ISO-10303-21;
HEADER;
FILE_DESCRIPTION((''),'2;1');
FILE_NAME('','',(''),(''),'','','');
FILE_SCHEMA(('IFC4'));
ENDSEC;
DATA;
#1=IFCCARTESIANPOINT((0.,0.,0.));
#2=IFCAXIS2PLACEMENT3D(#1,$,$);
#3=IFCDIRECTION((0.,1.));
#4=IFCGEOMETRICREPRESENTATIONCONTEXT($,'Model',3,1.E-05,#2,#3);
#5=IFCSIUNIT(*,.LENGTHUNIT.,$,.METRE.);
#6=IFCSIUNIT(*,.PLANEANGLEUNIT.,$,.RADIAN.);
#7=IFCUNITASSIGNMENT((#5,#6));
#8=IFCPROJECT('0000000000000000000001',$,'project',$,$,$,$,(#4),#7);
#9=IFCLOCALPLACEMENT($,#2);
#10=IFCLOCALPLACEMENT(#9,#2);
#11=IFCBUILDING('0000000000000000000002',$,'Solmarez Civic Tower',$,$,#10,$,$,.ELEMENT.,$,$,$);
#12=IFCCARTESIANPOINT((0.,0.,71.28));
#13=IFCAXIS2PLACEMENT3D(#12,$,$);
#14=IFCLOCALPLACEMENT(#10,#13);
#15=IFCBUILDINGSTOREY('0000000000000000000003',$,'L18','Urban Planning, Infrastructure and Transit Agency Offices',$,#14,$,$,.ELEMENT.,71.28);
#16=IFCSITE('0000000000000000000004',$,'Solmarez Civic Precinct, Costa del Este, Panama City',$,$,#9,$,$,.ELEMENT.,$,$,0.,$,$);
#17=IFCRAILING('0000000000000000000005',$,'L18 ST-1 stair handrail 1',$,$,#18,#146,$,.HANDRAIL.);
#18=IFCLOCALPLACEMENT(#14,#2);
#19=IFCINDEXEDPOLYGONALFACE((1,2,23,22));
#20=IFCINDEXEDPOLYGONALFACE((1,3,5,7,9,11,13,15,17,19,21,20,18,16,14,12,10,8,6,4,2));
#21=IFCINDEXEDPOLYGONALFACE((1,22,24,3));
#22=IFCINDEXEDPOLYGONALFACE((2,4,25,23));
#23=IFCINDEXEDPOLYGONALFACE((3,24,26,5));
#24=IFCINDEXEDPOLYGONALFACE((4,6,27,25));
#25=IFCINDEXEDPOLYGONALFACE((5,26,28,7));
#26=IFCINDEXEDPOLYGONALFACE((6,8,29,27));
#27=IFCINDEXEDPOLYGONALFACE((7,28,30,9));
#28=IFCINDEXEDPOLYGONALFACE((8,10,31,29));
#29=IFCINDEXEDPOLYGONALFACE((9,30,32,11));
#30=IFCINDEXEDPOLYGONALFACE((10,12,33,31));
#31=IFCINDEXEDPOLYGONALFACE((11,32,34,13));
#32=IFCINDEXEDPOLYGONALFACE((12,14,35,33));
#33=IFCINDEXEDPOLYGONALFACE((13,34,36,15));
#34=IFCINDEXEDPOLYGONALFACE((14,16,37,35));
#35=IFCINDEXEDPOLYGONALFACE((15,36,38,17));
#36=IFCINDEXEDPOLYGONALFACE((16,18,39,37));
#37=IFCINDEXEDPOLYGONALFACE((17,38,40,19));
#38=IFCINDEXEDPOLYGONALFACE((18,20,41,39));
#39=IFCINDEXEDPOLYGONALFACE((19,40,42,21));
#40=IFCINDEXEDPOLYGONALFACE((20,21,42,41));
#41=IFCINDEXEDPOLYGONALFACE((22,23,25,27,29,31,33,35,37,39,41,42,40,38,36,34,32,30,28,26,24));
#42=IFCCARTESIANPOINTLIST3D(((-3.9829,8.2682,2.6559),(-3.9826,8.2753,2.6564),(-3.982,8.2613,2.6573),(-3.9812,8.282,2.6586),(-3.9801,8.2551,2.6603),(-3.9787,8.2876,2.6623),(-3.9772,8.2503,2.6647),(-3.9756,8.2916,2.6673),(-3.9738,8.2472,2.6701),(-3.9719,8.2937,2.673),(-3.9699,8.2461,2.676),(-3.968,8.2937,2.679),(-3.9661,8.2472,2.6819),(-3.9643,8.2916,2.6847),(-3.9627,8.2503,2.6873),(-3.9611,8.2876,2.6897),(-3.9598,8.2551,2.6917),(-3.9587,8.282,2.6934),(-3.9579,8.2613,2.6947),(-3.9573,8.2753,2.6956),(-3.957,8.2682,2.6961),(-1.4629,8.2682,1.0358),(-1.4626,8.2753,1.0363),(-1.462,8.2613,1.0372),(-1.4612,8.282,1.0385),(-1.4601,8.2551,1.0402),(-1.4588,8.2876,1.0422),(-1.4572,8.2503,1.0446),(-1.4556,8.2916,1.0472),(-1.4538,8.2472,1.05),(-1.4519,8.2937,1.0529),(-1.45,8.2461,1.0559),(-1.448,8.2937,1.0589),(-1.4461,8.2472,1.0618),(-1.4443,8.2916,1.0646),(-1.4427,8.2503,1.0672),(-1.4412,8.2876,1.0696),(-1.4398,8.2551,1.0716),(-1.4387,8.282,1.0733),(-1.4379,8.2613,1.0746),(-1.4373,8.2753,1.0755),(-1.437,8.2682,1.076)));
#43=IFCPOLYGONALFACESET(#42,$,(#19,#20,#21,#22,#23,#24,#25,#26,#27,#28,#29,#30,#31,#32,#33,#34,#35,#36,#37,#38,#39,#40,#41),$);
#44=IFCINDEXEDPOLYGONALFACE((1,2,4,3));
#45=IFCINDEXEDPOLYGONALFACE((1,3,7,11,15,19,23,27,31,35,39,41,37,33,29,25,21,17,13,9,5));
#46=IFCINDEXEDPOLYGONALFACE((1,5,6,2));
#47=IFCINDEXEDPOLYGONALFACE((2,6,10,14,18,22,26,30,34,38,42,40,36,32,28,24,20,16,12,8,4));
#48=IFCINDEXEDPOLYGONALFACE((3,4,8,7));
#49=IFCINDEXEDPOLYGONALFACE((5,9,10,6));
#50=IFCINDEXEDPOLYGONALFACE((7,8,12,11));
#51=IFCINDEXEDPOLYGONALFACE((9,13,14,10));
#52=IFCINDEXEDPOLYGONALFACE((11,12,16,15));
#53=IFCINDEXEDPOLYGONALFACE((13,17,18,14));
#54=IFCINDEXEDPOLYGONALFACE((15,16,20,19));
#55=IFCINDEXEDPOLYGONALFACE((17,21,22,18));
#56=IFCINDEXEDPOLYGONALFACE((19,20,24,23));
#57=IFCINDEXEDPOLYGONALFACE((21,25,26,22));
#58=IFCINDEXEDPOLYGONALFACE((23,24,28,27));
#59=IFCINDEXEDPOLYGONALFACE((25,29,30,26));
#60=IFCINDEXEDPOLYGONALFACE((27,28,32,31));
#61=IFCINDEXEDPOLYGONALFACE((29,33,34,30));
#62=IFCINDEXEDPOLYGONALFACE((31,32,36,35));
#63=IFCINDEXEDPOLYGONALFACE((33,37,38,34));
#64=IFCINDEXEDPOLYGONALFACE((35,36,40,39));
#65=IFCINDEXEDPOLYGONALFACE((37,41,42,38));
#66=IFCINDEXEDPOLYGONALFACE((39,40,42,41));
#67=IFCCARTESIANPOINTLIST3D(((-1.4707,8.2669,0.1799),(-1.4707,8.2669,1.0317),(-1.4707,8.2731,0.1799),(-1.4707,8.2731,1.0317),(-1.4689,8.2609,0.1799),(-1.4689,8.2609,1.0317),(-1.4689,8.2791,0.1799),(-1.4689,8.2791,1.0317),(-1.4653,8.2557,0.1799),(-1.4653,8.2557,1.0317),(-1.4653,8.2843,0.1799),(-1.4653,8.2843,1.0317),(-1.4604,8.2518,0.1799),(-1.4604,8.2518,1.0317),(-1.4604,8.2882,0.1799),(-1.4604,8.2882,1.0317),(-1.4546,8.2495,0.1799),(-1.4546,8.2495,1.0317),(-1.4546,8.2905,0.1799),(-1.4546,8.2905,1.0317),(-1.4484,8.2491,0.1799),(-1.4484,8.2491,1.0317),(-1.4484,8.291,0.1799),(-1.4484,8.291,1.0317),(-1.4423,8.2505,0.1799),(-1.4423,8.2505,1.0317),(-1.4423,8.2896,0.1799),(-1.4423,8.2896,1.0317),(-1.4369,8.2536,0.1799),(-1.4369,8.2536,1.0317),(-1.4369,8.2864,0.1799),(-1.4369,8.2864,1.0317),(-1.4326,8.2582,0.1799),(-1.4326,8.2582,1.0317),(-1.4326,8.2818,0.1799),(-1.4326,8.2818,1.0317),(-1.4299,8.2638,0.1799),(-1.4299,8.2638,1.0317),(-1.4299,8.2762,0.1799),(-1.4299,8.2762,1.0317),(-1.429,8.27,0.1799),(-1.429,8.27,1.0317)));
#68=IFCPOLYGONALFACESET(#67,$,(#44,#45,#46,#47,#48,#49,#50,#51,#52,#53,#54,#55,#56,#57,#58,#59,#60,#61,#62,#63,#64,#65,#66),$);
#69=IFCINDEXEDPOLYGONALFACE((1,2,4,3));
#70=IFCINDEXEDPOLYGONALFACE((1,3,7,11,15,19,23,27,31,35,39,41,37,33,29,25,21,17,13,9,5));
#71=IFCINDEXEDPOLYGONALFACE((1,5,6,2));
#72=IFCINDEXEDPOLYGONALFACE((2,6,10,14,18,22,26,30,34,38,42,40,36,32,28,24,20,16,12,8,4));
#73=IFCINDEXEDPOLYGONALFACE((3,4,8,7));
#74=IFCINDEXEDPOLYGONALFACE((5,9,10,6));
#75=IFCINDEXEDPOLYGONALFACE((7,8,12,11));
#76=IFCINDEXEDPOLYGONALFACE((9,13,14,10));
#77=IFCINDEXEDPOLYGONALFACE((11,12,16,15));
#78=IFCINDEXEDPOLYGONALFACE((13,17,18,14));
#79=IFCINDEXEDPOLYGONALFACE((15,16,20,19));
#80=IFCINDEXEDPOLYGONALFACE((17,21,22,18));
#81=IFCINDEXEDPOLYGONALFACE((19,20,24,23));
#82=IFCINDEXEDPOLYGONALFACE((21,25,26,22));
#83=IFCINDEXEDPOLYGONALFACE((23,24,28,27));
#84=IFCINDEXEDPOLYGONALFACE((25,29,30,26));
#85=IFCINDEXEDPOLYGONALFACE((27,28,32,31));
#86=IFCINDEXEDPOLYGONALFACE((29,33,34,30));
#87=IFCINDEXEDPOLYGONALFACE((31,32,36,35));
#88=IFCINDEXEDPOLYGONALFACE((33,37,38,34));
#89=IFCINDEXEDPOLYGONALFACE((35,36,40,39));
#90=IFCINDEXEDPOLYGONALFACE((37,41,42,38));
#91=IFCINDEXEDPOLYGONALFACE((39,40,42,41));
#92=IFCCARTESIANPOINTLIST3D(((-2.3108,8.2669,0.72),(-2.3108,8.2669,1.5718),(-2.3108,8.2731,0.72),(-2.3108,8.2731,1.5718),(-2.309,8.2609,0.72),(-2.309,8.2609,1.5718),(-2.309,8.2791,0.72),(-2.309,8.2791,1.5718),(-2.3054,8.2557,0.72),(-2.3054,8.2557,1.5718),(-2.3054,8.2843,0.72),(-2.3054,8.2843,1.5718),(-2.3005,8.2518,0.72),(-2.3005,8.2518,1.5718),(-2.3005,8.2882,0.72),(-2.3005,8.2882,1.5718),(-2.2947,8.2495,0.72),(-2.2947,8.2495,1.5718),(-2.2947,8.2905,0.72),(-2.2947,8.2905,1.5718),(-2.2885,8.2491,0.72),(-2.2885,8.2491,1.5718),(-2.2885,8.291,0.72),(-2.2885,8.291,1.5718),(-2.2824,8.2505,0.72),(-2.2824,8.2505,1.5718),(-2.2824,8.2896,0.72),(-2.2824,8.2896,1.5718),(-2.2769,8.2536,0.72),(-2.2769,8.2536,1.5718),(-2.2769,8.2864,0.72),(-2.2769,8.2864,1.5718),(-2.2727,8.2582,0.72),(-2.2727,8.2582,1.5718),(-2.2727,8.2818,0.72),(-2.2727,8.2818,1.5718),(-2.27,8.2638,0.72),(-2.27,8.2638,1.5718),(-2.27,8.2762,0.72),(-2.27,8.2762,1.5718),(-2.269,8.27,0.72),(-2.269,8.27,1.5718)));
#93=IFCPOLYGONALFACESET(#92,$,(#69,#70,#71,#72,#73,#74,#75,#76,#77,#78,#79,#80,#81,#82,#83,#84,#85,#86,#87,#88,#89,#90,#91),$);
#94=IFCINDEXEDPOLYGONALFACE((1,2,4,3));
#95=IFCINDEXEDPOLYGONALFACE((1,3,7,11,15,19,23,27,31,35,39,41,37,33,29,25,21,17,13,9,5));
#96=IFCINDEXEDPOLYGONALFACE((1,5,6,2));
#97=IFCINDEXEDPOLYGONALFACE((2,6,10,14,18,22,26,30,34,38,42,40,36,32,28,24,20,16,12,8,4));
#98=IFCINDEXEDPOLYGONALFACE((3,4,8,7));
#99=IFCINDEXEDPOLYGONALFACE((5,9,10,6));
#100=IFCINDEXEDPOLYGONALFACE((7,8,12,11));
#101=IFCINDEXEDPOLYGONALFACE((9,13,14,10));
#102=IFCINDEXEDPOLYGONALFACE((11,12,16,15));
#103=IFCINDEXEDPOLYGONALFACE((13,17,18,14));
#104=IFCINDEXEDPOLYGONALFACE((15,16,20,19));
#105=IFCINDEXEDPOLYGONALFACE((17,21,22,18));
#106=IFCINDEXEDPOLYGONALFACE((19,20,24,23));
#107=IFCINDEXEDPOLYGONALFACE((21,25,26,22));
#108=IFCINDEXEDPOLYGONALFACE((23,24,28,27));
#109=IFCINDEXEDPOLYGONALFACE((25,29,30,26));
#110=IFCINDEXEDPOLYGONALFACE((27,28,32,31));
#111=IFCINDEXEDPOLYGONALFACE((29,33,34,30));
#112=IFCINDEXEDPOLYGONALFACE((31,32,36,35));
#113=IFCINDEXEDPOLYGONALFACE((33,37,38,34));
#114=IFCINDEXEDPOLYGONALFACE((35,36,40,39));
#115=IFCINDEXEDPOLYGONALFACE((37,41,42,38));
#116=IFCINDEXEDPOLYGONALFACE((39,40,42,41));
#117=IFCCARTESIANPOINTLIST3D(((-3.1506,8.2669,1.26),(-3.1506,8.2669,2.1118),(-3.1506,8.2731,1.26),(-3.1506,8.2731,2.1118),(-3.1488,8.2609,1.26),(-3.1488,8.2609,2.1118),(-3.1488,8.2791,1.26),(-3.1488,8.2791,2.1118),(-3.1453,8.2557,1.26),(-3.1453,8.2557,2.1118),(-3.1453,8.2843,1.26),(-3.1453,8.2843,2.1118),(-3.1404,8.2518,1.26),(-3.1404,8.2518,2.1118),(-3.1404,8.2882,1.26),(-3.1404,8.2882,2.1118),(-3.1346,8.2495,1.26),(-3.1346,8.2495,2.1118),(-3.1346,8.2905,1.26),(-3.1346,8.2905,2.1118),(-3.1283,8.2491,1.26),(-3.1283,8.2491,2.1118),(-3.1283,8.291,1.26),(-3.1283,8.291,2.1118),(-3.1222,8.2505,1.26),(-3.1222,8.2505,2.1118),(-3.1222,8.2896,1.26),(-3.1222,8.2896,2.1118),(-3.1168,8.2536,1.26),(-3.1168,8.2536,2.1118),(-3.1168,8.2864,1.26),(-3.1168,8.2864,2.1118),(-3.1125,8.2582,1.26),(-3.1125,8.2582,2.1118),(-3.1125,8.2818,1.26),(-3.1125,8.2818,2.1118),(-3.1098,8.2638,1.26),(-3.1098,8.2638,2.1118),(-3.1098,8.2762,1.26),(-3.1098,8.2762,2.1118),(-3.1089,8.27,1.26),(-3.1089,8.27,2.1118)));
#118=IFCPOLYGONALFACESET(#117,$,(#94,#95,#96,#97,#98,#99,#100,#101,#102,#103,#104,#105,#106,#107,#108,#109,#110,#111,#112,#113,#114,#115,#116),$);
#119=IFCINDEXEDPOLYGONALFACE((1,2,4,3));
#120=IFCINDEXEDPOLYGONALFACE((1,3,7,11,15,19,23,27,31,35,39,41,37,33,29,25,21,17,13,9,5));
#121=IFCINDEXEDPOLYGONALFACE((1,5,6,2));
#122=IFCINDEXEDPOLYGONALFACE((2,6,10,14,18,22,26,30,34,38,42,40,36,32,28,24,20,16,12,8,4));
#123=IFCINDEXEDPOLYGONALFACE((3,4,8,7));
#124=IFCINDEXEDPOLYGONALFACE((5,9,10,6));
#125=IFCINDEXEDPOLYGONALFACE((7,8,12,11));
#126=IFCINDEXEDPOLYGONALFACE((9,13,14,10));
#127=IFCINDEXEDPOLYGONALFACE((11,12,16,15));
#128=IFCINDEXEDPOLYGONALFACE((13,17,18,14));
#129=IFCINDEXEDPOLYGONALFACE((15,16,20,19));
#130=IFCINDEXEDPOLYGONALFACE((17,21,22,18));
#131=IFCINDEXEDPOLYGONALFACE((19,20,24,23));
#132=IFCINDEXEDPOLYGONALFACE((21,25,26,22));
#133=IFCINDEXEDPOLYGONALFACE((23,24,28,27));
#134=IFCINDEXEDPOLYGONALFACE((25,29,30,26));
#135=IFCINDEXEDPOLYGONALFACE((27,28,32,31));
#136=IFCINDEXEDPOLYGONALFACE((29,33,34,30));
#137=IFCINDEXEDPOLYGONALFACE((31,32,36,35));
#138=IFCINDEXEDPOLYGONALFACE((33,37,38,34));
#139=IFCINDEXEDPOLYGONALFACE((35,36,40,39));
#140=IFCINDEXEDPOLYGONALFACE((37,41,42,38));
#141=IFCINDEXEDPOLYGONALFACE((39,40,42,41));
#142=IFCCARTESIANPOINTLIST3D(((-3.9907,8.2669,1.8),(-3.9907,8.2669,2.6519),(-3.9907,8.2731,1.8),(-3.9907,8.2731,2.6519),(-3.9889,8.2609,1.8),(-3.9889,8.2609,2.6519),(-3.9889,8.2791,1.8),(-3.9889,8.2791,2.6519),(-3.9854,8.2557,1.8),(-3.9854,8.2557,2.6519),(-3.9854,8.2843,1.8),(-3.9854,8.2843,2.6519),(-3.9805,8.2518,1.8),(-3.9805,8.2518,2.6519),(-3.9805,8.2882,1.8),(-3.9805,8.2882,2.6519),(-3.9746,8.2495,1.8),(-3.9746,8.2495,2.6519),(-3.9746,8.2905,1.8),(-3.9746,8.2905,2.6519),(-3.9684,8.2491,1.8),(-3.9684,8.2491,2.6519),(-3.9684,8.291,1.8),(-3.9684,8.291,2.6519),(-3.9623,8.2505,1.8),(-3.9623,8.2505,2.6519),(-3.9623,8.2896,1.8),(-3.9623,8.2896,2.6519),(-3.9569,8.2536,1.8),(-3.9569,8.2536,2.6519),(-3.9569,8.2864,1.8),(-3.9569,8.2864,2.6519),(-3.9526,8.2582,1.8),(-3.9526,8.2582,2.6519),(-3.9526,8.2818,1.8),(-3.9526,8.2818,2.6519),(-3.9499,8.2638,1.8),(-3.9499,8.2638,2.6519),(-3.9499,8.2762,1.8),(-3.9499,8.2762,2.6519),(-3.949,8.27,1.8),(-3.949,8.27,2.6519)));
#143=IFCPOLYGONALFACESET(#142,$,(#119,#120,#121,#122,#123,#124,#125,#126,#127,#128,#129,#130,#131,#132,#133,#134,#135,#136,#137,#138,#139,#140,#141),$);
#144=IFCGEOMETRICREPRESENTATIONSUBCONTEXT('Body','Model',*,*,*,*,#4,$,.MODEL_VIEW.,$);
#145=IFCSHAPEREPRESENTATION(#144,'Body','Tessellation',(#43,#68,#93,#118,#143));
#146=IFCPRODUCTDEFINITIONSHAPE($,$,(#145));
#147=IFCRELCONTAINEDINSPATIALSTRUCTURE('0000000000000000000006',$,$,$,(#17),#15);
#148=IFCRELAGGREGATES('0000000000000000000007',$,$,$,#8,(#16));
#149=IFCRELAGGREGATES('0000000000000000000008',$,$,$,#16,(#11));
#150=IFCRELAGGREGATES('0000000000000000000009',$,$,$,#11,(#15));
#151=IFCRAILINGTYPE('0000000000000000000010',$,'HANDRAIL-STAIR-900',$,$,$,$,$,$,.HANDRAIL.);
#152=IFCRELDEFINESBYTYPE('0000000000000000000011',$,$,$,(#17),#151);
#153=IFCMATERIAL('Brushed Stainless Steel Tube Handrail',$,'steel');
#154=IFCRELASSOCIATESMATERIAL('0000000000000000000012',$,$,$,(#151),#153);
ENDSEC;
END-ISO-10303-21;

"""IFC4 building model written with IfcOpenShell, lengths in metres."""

from ifc_helpers import new_model, si_unit, direction, frame, origin, origin_2d, place, context, subcontext, project, spatial, circle, extrude, material, type_object, element, save


model = new_model("IFC4")

# Units and contexts
model_context = context("Model", 3, precision=1e-05, world=origin(), true_north=direction((0.0, 1.0)))
body_context = subcontext(model_context, "Body", "Model", "MODEL_VIEW")
ifc_project = project(units=[si_unit("LENGTHUNIT", "METRE"), si_unit("PLANEANGLEUNIT", "RADIAN")], contexts=[model_context])

# Site, building, storey
site_placement = place(None, origin())
site = spatial("IfcSite", under=ifc_project, at=site_placement, Name="Solmarez Civic Precinct, Costa del Este, Panama City", CompositionType="ELEMENT", RefElevation=0.0)
building_placement = place(site_placement, origin())
building = spatial("IfcBuilding", under=site, at=building_placement, Name="Solmarez Civic Tower", CompositionType="ELEMENT")
storey_placement = place(building_placement, frame((0.0, 0.0, 71.28)))
storey = spatial("IfcBuildingStorey", under=building, at=storey_placement, Name="L18", Description="Urban Planning, Infrastructure and Transit Agency Offices", CompositionType="ELEMENT", Elevation=71.28)

# Railing
ifc_material_1 = material(Name="Brushed Stainless Steel Tube Handrail", Category="steel")
railing_type_1 = type_object("IfcRailingType", Name="HANDRAIL-STAIR-900", PredefinedType="HANDRAIL", material=ifc_material_1)
railing_1_placement = place(storey_placement, frame((-1.45, 8.27, 0.1799)))
element("IfcRailing", 1, at=railing_1_placement, inside=storey, type_object=railing_type_1, Name="L18 ST-1 stair handrail 1", PredefinedType="HANDRAIL", context=body_context, shape_type="SweptSolid", body=[
    extrude(circle(Radius=0.0239, at=origin_2d()), frame((0.0, 0.0, 0.876), z_axis=(-0.841163, 0.0, 0.540782), x_axis=(0.0, -1.0, 0.0)), (0.0, 0.0, 1.0), 2.9958),
    extrude(circle(Radius=0.021, at=origin_2d()), origin(), (0.0, 0.0, 1.0), 0.8518),
    extrude(circle(Radius=0.021, at=origin_2d()), frame((-0.8401, 0.0, 0.54)), (0.0, 0.0, 1.0), 0.8518),
    extrude(circle(Radius=0.021, at=origin_2d()), frame((-1.6799, 0.0, 1.0801)), (0.0, 0.0, 1.0), 0.8518),
    extrude(circle(Radius=0.021, at=origin_2d()), frame((-2.52, 0.0, 1.6201)), (0.0, 0.0, 1.0), 0.8518),
])

save(model, "model.ifc")
